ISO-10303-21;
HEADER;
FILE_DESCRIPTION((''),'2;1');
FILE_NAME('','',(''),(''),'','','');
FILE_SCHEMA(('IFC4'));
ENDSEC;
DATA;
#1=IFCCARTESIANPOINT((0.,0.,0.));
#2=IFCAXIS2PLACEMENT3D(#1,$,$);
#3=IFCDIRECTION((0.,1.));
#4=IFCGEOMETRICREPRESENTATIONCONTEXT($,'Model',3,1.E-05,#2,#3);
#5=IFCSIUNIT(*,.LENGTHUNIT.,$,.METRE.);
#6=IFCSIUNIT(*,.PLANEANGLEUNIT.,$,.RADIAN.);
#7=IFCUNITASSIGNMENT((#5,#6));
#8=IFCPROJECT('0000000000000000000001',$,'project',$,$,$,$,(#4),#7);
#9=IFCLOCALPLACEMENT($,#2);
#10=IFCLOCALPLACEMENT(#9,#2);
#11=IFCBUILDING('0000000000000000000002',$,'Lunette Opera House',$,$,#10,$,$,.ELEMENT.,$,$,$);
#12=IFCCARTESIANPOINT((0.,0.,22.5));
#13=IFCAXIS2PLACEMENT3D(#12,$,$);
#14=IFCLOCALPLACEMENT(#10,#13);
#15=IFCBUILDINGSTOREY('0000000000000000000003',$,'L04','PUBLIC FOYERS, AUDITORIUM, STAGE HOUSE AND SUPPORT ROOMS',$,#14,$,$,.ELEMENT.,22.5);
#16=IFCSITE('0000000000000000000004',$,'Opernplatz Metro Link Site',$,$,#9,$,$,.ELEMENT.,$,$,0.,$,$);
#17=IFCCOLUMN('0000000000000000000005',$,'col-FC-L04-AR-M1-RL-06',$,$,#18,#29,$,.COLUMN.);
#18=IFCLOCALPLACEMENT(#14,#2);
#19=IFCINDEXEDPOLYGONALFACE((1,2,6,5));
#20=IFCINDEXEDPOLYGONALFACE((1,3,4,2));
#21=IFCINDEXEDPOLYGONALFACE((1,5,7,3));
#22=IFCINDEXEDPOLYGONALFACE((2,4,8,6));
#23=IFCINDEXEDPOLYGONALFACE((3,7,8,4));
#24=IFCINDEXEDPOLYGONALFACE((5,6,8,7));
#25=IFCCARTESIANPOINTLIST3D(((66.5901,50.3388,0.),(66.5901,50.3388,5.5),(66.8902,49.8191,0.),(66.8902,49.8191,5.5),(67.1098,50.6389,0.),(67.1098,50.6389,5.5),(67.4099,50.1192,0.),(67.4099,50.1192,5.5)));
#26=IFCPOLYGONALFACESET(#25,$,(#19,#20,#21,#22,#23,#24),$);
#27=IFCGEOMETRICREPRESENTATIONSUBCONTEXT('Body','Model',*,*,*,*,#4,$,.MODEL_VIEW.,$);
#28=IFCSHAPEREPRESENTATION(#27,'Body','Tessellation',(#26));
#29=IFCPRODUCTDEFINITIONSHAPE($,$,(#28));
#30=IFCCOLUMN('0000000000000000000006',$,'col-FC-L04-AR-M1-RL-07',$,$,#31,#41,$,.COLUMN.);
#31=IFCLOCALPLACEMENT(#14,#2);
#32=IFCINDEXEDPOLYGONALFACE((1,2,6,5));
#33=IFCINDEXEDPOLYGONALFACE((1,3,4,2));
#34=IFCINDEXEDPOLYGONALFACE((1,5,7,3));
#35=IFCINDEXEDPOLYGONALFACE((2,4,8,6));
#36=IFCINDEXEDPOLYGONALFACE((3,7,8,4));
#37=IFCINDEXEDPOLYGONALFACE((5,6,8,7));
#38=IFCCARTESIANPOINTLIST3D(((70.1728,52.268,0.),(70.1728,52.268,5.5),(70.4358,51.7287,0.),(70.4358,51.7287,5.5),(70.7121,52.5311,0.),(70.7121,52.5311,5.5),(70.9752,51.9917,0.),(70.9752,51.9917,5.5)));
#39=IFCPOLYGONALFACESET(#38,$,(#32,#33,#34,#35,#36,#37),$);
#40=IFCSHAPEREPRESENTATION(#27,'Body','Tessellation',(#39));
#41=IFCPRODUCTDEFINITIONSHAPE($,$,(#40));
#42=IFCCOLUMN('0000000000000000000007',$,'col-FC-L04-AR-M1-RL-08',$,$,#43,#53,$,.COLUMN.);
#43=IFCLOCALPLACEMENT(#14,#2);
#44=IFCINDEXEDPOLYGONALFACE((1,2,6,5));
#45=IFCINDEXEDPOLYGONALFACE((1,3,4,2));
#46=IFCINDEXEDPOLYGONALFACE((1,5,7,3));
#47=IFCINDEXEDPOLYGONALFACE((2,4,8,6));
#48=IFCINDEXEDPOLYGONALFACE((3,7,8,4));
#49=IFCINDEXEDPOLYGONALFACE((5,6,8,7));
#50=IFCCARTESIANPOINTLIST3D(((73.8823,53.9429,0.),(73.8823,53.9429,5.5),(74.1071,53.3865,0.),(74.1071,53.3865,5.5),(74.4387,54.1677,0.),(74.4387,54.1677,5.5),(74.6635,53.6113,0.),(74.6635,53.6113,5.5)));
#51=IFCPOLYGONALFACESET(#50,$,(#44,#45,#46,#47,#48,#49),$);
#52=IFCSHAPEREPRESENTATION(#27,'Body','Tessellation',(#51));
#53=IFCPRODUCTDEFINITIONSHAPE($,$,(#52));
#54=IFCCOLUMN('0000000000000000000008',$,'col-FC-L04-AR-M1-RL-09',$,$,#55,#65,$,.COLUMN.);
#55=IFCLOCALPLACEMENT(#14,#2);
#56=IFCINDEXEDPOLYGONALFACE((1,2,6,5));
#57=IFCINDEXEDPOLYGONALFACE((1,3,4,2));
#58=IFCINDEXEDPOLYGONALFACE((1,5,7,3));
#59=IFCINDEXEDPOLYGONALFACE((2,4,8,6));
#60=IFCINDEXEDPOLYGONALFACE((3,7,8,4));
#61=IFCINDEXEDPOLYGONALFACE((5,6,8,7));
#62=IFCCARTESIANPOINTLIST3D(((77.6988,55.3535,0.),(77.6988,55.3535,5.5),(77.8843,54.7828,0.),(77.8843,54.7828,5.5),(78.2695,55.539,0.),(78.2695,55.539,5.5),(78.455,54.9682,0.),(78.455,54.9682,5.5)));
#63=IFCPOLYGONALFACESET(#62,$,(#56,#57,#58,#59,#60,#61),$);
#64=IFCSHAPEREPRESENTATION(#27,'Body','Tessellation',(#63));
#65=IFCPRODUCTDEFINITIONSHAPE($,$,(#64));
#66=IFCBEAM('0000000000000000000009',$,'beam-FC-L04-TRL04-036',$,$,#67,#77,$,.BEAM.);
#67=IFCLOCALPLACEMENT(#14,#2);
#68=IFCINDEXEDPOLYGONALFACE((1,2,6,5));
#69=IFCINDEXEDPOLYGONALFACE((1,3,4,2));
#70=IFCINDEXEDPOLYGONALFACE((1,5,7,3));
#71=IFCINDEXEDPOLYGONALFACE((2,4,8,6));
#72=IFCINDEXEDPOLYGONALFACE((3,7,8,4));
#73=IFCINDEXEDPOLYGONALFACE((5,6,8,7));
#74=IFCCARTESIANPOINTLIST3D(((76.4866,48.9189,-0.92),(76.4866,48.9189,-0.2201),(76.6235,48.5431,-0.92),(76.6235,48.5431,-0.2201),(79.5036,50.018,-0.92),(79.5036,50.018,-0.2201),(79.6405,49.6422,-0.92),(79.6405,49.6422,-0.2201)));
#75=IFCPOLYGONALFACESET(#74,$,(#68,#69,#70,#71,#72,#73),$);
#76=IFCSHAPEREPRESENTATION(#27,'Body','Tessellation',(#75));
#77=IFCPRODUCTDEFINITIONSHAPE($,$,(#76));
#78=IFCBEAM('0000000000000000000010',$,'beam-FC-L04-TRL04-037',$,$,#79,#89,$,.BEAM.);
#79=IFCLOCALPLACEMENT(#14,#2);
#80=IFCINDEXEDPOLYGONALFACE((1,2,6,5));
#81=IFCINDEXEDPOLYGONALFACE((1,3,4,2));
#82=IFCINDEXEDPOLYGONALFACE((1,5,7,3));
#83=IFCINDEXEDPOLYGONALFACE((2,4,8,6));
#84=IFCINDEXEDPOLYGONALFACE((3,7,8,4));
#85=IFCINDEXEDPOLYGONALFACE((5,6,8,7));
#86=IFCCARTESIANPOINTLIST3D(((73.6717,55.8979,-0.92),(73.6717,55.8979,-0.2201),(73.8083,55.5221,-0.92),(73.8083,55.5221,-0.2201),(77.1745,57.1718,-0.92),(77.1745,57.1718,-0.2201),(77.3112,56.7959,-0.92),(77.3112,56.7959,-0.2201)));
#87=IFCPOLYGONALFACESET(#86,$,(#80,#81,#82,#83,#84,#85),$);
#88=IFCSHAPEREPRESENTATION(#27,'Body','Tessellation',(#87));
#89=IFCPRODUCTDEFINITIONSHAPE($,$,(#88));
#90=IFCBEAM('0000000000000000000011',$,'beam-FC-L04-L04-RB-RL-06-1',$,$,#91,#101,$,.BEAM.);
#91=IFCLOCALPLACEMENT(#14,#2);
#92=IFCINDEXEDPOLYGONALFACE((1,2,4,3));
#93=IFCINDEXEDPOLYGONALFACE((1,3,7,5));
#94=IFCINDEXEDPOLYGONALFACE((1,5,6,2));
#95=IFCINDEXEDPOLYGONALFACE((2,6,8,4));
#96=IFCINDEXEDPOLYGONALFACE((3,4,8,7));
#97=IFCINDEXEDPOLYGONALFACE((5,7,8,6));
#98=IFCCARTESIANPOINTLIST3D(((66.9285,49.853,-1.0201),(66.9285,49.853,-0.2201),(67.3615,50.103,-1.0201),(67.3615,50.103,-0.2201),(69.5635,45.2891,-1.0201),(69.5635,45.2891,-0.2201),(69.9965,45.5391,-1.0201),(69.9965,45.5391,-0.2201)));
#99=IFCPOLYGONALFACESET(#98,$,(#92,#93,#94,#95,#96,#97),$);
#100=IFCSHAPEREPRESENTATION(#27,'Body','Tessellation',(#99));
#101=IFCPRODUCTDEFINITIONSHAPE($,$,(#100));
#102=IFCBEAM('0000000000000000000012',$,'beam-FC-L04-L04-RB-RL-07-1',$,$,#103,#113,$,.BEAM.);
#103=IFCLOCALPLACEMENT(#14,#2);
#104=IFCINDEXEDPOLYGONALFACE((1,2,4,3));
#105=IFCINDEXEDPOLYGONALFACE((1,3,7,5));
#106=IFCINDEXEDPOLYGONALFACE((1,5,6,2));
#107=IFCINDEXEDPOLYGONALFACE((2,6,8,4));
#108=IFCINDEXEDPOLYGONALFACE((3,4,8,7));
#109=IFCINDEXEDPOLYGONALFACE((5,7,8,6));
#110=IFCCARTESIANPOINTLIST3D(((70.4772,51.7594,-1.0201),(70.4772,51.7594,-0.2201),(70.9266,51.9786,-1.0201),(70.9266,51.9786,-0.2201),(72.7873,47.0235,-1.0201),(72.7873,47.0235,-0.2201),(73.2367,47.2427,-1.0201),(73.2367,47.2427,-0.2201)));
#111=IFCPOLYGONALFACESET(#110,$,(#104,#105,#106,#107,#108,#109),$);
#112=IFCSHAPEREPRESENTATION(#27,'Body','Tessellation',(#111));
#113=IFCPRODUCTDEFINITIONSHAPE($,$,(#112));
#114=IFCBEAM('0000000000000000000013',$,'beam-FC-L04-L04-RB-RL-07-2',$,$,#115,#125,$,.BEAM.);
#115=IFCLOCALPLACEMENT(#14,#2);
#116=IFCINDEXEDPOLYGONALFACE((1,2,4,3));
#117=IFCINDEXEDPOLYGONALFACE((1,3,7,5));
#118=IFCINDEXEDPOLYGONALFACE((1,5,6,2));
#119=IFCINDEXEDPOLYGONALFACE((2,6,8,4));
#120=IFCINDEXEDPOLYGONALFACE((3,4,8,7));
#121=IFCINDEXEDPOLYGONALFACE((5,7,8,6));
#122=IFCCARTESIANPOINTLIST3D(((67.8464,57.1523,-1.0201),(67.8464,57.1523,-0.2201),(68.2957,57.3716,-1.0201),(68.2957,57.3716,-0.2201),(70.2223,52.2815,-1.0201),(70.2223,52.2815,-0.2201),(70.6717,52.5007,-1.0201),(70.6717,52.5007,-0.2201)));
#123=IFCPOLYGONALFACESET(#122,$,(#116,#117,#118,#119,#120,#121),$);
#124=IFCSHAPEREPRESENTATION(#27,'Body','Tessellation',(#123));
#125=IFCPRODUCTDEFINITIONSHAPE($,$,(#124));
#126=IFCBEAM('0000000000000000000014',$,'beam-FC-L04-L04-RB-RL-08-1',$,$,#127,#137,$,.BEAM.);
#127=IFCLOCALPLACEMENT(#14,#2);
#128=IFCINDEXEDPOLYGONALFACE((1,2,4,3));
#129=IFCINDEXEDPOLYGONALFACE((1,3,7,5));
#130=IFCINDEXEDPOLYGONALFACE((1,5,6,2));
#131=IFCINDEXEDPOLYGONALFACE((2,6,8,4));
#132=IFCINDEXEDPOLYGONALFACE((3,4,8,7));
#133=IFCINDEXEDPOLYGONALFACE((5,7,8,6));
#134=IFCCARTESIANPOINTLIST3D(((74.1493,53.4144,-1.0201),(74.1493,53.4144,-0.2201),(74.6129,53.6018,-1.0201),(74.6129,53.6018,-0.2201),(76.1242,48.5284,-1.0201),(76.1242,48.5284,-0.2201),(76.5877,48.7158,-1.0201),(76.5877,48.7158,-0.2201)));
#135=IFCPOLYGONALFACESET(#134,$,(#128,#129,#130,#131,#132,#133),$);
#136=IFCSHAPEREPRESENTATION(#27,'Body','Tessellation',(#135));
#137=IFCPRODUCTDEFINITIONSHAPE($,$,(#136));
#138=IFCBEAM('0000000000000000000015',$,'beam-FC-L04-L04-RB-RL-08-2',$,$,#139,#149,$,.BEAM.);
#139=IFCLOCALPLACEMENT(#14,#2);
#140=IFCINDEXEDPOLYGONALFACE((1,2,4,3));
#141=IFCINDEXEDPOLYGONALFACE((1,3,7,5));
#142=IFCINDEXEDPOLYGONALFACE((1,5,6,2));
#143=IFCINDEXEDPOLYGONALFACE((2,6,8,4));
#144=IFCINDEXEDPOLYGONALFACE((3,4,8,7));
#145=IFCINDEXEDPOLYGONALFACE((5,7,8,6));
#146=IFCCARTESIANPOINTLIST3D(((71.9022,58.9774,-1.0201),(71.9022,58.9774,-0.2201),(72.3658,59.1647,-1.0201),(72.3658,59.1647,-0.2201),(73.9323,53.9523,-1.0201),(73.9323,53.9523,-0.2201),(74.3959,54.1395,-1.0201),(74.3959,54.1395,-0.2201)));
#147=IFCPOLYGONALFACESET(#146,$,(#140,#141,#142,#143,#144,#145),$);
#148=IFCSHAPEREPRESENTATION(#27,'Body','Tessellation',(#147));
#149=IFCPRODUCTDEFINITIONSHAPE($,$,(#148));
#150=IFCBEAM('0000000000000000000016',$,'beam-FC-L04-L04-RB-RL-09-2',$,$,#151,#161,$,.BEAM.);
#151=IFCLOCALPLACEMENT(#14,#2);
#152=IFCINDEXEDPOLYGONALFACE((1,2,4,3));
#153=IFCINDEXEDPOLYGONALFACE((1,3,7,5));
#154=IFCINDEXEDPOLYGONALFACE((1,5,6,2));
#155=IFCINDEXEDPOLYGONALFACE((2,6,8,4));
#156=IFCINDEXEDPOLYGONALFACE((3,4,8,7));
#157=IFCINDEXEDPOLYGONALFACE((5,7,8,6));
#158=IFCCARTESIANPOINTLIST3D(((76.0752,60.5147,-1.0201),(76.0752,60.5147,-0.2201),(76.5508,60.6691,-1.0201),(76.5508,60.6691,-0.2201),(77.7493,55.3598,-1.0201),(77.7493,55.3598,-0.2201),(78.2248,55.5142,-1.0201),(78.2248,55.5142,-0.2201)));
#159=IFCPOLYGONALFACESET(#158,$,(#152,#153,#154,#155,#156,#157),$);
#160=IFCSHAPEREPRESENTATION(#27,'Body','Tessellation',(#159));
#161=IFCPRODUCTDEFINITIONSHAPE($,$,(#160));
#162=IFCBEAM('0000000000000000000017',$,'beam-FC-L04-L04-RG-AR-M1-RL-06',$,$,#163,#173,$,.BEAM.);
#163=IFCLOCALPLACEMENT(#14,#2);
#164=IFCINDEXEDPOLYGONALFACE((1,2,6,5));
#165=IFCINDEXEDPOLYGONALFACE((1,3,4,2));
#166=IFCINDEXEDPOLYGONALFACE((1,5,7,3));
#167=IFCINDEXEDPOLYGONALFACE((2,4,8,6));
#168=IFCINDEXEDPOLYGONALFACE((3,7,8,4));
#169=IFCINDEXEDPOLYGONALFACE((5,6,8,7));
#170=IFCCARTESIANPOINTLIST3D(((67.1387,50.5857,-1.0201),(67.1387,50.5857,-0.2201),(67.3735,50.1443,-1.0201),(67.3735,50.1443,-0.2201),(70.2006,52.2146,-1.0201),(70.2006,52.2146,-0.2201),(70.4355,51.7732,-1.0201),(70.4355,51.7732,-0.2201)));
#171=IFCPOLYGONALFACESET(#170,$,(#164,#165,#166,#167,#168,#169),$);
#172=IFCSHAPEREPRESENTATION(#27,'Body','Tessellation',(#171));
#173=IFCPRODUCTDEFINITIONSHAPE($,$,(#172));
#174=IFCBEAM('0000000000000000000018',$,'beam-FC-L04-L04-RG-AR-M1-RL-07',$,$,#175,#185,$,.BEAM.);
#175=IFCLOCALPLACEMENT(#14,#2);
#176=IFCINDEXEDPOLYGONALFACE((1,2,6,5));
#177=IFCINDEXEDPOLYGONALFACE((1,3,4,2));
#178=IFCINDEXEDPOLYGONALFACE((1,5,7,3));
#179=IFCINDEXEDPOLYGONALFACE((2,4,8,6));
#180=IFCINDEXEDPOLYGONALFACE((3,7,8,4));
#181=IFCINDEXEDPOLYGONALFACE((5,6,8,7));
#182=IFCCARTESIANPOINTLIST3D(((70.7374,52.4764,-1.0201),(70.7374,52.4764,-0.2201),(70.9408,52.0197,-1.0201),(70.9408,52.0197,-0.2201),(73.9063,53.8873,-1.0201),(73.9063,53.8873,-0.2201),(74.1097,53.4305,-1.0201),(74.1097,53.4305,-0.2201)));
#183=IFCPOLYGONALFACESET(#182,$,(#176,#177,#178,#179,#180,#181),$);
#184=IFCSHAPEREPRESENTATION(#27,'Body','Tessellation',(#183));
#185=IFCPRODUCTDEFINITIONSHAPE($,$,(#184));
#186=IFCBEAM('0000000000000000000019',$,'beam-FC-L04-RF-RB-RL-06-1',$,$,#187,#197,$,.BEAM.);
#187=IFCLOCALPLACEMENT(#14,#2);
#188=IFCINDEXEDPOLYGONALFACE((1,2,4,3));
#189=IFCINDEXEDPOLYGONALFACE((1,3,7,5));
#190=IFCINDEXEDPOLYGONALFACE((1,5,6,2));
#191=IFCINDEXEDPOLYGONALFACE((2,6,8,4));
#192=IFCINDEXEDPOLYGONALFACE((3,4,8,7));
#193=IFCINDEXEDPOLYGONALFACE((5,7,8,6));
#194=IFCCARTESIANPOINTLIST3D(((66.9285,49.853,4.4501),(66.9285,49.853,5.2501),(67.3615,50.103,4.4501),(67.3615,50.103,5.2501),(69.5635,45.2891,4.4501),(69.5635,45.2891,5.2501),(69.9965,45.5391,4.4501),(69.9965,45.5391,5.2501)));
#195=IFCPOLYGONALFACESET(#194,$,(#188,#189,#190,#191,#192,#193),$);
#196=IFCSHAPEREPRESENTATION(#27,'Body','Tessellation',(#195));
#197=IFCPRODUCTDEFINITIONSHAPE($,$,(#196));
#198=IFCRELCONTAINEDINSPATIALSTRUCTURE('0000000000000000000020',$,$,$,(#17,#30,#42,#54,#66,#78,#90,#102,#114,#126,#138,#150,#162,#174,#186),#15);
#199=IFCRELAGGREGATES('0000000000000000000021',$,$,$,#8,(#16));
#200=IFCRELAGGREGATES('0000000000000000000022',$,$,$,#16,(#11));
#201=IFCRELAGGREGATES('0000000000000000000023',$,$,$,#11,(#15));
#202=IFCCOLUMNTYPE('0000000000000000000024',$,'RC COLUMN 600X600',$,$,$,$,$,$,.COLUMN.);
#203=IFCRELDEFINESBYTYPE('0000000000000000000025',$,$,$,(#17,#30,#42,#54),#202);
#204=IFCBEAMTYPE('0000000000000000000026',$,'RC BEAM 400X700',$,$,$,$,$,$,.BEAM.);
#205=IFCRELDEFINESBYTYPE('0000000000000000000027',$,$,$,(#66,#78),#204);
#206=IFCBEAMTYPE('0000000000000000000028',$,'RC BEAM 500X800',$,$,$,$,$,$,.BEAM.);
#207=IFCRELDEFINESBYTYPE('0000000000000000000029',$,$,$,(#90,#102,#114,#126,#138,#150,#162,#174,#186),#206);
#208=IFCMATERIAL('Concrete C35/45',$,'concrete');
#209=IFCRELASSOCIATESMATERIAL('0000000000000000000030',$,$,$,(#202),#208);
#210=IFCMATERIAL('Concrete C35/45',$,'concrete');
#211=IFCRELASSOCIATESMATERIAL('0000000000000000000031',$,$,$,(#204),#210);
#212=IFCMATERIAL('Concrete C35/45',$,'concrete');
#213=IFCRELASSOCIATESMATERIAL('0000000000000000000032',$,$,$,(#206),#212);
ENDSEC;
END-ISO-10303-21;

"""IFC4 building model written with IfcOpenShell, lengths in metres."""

from ifc_helpers import new_model, si_unit, direction, frame, origin, origin_2d, place, context, subcontext, project, spatial, rectangle, extrude, material, material_profile, profile_set, type_object, element, save


model = new_model("IFC4")

# Units and contexts
model_context = context("Model", 3, precision=1e-05, world=origin(), true_north=direction((0.0, 1.0)))
body_context = subcontext(model_context, "Body", "Model", "MODEL_VIEW")
ifc_project = project(units=[si_unit("LENGTHUNIT", "METRE"), si_unit("PLANEANGLEUNIT", "RADIAN")], contexts=[model_context])

# Site, building, storey
site_placement = place(None, origin())
site = spatial("IfcSite", under=ifc_project, at=site_placement, Name="Opernplatz Metro Link Site", CompositionType="ELEMENT", RefElevation=0.0)
building_placement = place(site_placement, origin())
building = spatial("IfcBuilding", under=site, at=building_placement, Name="Lunette Opera House", CompositionType="ELEMENT")
storey_placement = place(building_placement, frame((0.0, 0.0, 22.5)))
storey = spatial("IfcBuildingStorey", under=building, at=storey_placement, Name="L04", Description="PUBLIC FOYERS, AUDITORIUM, STAGE HOUSE AND SUPPORT ROOMS", CompositionType="ELEMENT", Elevation=22.5)

# Columns
ifc_material_1 = material(Name="Concrete C35/45", Category="concrete")
ifc_material_profile_1 = material_profile(ifc_material_1, rectangle(XDim=0.6001, YDim=0.6001, at=origin_2d()), Name="RC COLUMN 600X600")
ifc_profile_set_1 = profile_set([ifc_material_profile_1], Name="Concrete C35/45")
column_type = type_object("IfcColumnType", Name="RC COLUMN 600X600", PredefinedType="COLUMN", material=ifc_profile_set_1)
for number, where, z_axis, x_axis, name in (
    (1, (67.0, 50.229, 0.0), (0.0, 0.0, 1.0), (0.866025, 0.5, 0.0), "col-FC-L04-AR-M1-RL-06"),
    (2, (70.574, 52.1299, 0.0), (0.0, 0.0, 1.0), (0.898794, 0.438371, 0.0), "col-FC-L04-AR-M1-RL-07"),
    (3, (74.2729, 53.7771, 0.0), (0.0, 0.0, 1.0), (0.927184, 0.374607, 0.0), "col-FC-L04-AR-M1-RL-08"),
    (4, (78.0769, 55.1609, 0.0), (0.0, 0.0, 1.0), (0.951057, 0.309017, 0.0), "col-FC-L04-AR-M1-RL-09"),
):
    element("IfcColumn", number, at=place(storey_placement, frame(where, z_axis=z_axis, x_axis=x_axis)), inside=storey, type_object=column_type, Name=name, PredefinedType="COLUMN", context=body_context, shape_type="SweptSolid", body=[
        extrude(rectangle(XDim=0.6001, YDim=0.6001, at=origin_2d()), origin(), (0.0, 0.0, 1.0), 5.5),
    ])

# Beams
ifc_material_2 = material(Name="Concrete C35/45", Category="concrete")
ifc_material_profile_2 = material_profile(ifc_material_2, rectangle(XDim=0.3999, YDim=0.7, at=origin_2d()), Name="RC BEAM 400X700")
ifc_profile_set_2 = profile_set([ifc_material_profile_2], Name="Concrete C35/45")
beam_type_1 = type_object("IfcBeamType", Name="RC BEAM 400X700", PredefinedType="BEAM", material=ifc_profile_set_2)
beam_1_placement = place(storey_placement, frame((79.572, 49.8301, -0.5701), z_axis=(-0.939593, -0.342292, 0.0), x_axis=(0.342292, -0.939593, 0.0)))
element("IfcBeam", 5, at=beam_1_placement, inside=storey, type_object=beam_type_1, Name="beam-FC-L04-TRL04-036", PredefinedType="BEAM", context=body_context, shape_type="SweptSolid", body=[
    extrude(rectangle(XDim=0.3999, YDim=0.7, at=origin_2d()), origin(), (0.0, 0.0, 1.0), 3.2109),
])
beam_2_placement = place(storey_placement, frame((73.74, 55.71, -0.5701), z_axis=(0.939782, 0.341775, 0.0), x_axis=(-0.341775, 0.939782, 0.0)))
element("IfcBeam", 6, at=beam_2_placement, inside=storey, type_object=beam_type_1, Name="beam-FC-L04-TRL04-037", PredefinedType="BEAM", context=body_context, shape_type="SweptSolid", body=[
    extrude(rectangle(XDim=0.3999, YDim=0.7, at=origin_2d()), origin(), (0.0, 0.0, 1.0), 3.7273),
])
ifc_material_3 = material(Name="Concrete C35/45", Category="concrete")
ifc_material_profile_3 = material_profile(ifc_material_3, rectangle(XDim=0.5, YDim=0.8, at=origin_2d()), Name="RC BEAM 500X800")
ifc_profile_set_3 = profile_set([ifc_material_profile_3], Name="Concrete C35/45")
beam_type_2 = type_object("IfcBeamType", Name="RC BEAM 500X800", PredefinedType="BEAM", material=ifc_profile_set_3)
beam_3_placement = place(storey_placement, frame((69.78, 45.4141, -0.6201), z_axis=(-0.5, 0.866025, 0.0), x_axis=(-0.866025, -0.5, 0.0)))
element("IfcBeam", 7, at=beam_3_placement, inside=storey, type_object=beam_type_2, Name="beam-FC-L04-L04-RB-RL-06-1", PredefinedType="BEAM", context=body_context, shape_type="SweptSolid", body=[
    extrude(rectangle(XDim=0.5, YDim=0.8, at=origin_2d()), origin(), (0.0, 0.0, 1.0), 5.27),
])
beam_4_placement = place(storey_placement, frame((73.012, 47.1331, -0.6201), z_axis=(-0.438407, 0.898776, 0.0), x_axis=(-0.898776, -0.438407, 0.0)))
element("IfcBeam", 8, at=beam_4_placement, inside=storey, type_object=beam_type_2, Name="beam-FC-L04-L04-RB-RL-07-1", PredefinedType="BEAM", context=body_context, shape_type="SweptSolid", body=[
    extrude(rectangle(XDim=0.5, YDim=0.8, at=origin_2d()), origin(), (0.0, 0.0, 1.0), 5.2693),
])
beam_5_placement = place(storey_placement, frame((70.447, 52.3911, -0.6201), z_axis=(-0.438417, 0.898772, 0.0), x_axis=(-0.898772, -0.438417, 0.0)))
element("IfcBeam", 9, at=beam_5_placement, inside=storey, type_object=beam_type_2, Name="beam-FC-L04-L04-RB-RL-07-2", PredefinedType="BEAM", context=body_context, shape_type="SweptSolid", body=[
    extrude(rectangle(XDim=0.5, YDim=0.8, at=origin_2d()), origin(), (0.0, 0.0, 1.0), 5.4194),
])
beam_6_placement = place(storey_placement, frame((76.356, 48.6221, -0.6201), z_axis=(-0.374735, 0.927132, 0.0), x_axis=(-0.927132, -0.374735, 0.0)))
element("IfcBeam", 10, at=beam_6_placement, inside=storey, type_object=beam_type_2, Name="beam-FC-L04-L04-RB-RL-08-1", PredefinedType="BEAM", context=body_context, shape_type="SweptSolid", body=[
    extrude(rectangle(XDim=0.5, YDim=0.8, at=origin_2d()), origin(), (0.0, 0.0, 1.0), 5.27),
])
beam_7_placement = place(storey_placement, frame((74.1641, 54.0459, -0.6201), z_axis=(-0.374565, 0.927201, 0.0), x_axis=(-0.927201, -0.374565, 0.0)))
element("IfcBeam", 11, at=beam_7_placement, inside=storey, type_object=beam_type_2, Name="beam-FC-L04-L04-RB-RL-08-2", PredefinedType="BEAM", context=body_context, shape_type="SweptSolid", body=[
    extrude(rectangle(XDim=0.5, YDim=0.8, at=origin_2d()), origin(), (0.0, 0.0, 1.0), 5.4197),
])
beam_8_placement = place(storey_placement, frame((77.9871, 55.437, -0.6201), z_axis=(-0.308867, 0.951105, 0.0), x_axis=(-0.951105, -0.308867, 0.0)))
element("IfcBeam", 12, at=beam_8_placement, inside=storey, type_object=beam_type_2, Name="beam-FC-L04-L04-RB-RL-09-2", PredefinedType="BEAM", context=body_context, shape_type="SweptSolid", body=[
    extrude(rectangle(XDim=0.5, YDim=0.8, at=origin_2d()), origin(), (0.0, 0.0, 1.0), 5.4199),
])
beam_9_placement = place(storey_placement, frame((67.2561, 50.365, -0.6201), z_axis=(0.882851, 0.469653, 0.0), x_axis=(-0.469653, 0.882851, 0.0)))
element("IfcBeam", 13, at=beam_9_placement, inside=storey, type_object=beam_type_2, Name="beam-FC-L04-L04-RG-AR-M1-RL-06", PredefinedType="BEAM", context=body_context, shape_type="SweptSolid", body=[
    extrude(rectangle(XDim=0.5, YDim=0.8, at=origin_2d()), origin(), (0.0, 0.0, 1.0), 3.4683),
])
beam_10_placement = place(storey_placement, frame((70.8391, 52.248, -0.6201), z_axis=(0.913547, 0.406733, 0.0), x_axis=(-0.406733, 0.913547, 0.0)))
element("IfcBeam", 14, at=beam_10_placement, inside=storey, type_object=beam_type_2, Name="beam-FC-L04-L04-RG-AR-M1-RL-07", PredefinedType="BEAM", context=body_context, shape_type="SweptSolid", body=[
    extrude(rectangle(XDim=0.5, YDim=0.8, at=origin_2d()), origin(), (0.0, 0.0, 1.0), 3.4688),
])
beam_11_placement = place(storey_placement, frame((69.78, 45.4141, 4.8501), z_axis=(-0.5, 0.866025, 0.0), x_axis=(-0.866025, -0.5, 0.0)))
element("IfcBeam", 15, at=beam_11_placement, inside=storey, type_object=beam_type_2, Name="beam-FC-L04-RF-RB-RL-06-1", PredefinedType="BEAM", context=body_context, shape_type="SweptSolid", body=[
    extrude(rectangle(XDim=0.5, YDim=0.8, at=origin_2d()), origin(), (0.0, 0.0, 1.0), 5.27),
])

save(model, "model.ifc")
